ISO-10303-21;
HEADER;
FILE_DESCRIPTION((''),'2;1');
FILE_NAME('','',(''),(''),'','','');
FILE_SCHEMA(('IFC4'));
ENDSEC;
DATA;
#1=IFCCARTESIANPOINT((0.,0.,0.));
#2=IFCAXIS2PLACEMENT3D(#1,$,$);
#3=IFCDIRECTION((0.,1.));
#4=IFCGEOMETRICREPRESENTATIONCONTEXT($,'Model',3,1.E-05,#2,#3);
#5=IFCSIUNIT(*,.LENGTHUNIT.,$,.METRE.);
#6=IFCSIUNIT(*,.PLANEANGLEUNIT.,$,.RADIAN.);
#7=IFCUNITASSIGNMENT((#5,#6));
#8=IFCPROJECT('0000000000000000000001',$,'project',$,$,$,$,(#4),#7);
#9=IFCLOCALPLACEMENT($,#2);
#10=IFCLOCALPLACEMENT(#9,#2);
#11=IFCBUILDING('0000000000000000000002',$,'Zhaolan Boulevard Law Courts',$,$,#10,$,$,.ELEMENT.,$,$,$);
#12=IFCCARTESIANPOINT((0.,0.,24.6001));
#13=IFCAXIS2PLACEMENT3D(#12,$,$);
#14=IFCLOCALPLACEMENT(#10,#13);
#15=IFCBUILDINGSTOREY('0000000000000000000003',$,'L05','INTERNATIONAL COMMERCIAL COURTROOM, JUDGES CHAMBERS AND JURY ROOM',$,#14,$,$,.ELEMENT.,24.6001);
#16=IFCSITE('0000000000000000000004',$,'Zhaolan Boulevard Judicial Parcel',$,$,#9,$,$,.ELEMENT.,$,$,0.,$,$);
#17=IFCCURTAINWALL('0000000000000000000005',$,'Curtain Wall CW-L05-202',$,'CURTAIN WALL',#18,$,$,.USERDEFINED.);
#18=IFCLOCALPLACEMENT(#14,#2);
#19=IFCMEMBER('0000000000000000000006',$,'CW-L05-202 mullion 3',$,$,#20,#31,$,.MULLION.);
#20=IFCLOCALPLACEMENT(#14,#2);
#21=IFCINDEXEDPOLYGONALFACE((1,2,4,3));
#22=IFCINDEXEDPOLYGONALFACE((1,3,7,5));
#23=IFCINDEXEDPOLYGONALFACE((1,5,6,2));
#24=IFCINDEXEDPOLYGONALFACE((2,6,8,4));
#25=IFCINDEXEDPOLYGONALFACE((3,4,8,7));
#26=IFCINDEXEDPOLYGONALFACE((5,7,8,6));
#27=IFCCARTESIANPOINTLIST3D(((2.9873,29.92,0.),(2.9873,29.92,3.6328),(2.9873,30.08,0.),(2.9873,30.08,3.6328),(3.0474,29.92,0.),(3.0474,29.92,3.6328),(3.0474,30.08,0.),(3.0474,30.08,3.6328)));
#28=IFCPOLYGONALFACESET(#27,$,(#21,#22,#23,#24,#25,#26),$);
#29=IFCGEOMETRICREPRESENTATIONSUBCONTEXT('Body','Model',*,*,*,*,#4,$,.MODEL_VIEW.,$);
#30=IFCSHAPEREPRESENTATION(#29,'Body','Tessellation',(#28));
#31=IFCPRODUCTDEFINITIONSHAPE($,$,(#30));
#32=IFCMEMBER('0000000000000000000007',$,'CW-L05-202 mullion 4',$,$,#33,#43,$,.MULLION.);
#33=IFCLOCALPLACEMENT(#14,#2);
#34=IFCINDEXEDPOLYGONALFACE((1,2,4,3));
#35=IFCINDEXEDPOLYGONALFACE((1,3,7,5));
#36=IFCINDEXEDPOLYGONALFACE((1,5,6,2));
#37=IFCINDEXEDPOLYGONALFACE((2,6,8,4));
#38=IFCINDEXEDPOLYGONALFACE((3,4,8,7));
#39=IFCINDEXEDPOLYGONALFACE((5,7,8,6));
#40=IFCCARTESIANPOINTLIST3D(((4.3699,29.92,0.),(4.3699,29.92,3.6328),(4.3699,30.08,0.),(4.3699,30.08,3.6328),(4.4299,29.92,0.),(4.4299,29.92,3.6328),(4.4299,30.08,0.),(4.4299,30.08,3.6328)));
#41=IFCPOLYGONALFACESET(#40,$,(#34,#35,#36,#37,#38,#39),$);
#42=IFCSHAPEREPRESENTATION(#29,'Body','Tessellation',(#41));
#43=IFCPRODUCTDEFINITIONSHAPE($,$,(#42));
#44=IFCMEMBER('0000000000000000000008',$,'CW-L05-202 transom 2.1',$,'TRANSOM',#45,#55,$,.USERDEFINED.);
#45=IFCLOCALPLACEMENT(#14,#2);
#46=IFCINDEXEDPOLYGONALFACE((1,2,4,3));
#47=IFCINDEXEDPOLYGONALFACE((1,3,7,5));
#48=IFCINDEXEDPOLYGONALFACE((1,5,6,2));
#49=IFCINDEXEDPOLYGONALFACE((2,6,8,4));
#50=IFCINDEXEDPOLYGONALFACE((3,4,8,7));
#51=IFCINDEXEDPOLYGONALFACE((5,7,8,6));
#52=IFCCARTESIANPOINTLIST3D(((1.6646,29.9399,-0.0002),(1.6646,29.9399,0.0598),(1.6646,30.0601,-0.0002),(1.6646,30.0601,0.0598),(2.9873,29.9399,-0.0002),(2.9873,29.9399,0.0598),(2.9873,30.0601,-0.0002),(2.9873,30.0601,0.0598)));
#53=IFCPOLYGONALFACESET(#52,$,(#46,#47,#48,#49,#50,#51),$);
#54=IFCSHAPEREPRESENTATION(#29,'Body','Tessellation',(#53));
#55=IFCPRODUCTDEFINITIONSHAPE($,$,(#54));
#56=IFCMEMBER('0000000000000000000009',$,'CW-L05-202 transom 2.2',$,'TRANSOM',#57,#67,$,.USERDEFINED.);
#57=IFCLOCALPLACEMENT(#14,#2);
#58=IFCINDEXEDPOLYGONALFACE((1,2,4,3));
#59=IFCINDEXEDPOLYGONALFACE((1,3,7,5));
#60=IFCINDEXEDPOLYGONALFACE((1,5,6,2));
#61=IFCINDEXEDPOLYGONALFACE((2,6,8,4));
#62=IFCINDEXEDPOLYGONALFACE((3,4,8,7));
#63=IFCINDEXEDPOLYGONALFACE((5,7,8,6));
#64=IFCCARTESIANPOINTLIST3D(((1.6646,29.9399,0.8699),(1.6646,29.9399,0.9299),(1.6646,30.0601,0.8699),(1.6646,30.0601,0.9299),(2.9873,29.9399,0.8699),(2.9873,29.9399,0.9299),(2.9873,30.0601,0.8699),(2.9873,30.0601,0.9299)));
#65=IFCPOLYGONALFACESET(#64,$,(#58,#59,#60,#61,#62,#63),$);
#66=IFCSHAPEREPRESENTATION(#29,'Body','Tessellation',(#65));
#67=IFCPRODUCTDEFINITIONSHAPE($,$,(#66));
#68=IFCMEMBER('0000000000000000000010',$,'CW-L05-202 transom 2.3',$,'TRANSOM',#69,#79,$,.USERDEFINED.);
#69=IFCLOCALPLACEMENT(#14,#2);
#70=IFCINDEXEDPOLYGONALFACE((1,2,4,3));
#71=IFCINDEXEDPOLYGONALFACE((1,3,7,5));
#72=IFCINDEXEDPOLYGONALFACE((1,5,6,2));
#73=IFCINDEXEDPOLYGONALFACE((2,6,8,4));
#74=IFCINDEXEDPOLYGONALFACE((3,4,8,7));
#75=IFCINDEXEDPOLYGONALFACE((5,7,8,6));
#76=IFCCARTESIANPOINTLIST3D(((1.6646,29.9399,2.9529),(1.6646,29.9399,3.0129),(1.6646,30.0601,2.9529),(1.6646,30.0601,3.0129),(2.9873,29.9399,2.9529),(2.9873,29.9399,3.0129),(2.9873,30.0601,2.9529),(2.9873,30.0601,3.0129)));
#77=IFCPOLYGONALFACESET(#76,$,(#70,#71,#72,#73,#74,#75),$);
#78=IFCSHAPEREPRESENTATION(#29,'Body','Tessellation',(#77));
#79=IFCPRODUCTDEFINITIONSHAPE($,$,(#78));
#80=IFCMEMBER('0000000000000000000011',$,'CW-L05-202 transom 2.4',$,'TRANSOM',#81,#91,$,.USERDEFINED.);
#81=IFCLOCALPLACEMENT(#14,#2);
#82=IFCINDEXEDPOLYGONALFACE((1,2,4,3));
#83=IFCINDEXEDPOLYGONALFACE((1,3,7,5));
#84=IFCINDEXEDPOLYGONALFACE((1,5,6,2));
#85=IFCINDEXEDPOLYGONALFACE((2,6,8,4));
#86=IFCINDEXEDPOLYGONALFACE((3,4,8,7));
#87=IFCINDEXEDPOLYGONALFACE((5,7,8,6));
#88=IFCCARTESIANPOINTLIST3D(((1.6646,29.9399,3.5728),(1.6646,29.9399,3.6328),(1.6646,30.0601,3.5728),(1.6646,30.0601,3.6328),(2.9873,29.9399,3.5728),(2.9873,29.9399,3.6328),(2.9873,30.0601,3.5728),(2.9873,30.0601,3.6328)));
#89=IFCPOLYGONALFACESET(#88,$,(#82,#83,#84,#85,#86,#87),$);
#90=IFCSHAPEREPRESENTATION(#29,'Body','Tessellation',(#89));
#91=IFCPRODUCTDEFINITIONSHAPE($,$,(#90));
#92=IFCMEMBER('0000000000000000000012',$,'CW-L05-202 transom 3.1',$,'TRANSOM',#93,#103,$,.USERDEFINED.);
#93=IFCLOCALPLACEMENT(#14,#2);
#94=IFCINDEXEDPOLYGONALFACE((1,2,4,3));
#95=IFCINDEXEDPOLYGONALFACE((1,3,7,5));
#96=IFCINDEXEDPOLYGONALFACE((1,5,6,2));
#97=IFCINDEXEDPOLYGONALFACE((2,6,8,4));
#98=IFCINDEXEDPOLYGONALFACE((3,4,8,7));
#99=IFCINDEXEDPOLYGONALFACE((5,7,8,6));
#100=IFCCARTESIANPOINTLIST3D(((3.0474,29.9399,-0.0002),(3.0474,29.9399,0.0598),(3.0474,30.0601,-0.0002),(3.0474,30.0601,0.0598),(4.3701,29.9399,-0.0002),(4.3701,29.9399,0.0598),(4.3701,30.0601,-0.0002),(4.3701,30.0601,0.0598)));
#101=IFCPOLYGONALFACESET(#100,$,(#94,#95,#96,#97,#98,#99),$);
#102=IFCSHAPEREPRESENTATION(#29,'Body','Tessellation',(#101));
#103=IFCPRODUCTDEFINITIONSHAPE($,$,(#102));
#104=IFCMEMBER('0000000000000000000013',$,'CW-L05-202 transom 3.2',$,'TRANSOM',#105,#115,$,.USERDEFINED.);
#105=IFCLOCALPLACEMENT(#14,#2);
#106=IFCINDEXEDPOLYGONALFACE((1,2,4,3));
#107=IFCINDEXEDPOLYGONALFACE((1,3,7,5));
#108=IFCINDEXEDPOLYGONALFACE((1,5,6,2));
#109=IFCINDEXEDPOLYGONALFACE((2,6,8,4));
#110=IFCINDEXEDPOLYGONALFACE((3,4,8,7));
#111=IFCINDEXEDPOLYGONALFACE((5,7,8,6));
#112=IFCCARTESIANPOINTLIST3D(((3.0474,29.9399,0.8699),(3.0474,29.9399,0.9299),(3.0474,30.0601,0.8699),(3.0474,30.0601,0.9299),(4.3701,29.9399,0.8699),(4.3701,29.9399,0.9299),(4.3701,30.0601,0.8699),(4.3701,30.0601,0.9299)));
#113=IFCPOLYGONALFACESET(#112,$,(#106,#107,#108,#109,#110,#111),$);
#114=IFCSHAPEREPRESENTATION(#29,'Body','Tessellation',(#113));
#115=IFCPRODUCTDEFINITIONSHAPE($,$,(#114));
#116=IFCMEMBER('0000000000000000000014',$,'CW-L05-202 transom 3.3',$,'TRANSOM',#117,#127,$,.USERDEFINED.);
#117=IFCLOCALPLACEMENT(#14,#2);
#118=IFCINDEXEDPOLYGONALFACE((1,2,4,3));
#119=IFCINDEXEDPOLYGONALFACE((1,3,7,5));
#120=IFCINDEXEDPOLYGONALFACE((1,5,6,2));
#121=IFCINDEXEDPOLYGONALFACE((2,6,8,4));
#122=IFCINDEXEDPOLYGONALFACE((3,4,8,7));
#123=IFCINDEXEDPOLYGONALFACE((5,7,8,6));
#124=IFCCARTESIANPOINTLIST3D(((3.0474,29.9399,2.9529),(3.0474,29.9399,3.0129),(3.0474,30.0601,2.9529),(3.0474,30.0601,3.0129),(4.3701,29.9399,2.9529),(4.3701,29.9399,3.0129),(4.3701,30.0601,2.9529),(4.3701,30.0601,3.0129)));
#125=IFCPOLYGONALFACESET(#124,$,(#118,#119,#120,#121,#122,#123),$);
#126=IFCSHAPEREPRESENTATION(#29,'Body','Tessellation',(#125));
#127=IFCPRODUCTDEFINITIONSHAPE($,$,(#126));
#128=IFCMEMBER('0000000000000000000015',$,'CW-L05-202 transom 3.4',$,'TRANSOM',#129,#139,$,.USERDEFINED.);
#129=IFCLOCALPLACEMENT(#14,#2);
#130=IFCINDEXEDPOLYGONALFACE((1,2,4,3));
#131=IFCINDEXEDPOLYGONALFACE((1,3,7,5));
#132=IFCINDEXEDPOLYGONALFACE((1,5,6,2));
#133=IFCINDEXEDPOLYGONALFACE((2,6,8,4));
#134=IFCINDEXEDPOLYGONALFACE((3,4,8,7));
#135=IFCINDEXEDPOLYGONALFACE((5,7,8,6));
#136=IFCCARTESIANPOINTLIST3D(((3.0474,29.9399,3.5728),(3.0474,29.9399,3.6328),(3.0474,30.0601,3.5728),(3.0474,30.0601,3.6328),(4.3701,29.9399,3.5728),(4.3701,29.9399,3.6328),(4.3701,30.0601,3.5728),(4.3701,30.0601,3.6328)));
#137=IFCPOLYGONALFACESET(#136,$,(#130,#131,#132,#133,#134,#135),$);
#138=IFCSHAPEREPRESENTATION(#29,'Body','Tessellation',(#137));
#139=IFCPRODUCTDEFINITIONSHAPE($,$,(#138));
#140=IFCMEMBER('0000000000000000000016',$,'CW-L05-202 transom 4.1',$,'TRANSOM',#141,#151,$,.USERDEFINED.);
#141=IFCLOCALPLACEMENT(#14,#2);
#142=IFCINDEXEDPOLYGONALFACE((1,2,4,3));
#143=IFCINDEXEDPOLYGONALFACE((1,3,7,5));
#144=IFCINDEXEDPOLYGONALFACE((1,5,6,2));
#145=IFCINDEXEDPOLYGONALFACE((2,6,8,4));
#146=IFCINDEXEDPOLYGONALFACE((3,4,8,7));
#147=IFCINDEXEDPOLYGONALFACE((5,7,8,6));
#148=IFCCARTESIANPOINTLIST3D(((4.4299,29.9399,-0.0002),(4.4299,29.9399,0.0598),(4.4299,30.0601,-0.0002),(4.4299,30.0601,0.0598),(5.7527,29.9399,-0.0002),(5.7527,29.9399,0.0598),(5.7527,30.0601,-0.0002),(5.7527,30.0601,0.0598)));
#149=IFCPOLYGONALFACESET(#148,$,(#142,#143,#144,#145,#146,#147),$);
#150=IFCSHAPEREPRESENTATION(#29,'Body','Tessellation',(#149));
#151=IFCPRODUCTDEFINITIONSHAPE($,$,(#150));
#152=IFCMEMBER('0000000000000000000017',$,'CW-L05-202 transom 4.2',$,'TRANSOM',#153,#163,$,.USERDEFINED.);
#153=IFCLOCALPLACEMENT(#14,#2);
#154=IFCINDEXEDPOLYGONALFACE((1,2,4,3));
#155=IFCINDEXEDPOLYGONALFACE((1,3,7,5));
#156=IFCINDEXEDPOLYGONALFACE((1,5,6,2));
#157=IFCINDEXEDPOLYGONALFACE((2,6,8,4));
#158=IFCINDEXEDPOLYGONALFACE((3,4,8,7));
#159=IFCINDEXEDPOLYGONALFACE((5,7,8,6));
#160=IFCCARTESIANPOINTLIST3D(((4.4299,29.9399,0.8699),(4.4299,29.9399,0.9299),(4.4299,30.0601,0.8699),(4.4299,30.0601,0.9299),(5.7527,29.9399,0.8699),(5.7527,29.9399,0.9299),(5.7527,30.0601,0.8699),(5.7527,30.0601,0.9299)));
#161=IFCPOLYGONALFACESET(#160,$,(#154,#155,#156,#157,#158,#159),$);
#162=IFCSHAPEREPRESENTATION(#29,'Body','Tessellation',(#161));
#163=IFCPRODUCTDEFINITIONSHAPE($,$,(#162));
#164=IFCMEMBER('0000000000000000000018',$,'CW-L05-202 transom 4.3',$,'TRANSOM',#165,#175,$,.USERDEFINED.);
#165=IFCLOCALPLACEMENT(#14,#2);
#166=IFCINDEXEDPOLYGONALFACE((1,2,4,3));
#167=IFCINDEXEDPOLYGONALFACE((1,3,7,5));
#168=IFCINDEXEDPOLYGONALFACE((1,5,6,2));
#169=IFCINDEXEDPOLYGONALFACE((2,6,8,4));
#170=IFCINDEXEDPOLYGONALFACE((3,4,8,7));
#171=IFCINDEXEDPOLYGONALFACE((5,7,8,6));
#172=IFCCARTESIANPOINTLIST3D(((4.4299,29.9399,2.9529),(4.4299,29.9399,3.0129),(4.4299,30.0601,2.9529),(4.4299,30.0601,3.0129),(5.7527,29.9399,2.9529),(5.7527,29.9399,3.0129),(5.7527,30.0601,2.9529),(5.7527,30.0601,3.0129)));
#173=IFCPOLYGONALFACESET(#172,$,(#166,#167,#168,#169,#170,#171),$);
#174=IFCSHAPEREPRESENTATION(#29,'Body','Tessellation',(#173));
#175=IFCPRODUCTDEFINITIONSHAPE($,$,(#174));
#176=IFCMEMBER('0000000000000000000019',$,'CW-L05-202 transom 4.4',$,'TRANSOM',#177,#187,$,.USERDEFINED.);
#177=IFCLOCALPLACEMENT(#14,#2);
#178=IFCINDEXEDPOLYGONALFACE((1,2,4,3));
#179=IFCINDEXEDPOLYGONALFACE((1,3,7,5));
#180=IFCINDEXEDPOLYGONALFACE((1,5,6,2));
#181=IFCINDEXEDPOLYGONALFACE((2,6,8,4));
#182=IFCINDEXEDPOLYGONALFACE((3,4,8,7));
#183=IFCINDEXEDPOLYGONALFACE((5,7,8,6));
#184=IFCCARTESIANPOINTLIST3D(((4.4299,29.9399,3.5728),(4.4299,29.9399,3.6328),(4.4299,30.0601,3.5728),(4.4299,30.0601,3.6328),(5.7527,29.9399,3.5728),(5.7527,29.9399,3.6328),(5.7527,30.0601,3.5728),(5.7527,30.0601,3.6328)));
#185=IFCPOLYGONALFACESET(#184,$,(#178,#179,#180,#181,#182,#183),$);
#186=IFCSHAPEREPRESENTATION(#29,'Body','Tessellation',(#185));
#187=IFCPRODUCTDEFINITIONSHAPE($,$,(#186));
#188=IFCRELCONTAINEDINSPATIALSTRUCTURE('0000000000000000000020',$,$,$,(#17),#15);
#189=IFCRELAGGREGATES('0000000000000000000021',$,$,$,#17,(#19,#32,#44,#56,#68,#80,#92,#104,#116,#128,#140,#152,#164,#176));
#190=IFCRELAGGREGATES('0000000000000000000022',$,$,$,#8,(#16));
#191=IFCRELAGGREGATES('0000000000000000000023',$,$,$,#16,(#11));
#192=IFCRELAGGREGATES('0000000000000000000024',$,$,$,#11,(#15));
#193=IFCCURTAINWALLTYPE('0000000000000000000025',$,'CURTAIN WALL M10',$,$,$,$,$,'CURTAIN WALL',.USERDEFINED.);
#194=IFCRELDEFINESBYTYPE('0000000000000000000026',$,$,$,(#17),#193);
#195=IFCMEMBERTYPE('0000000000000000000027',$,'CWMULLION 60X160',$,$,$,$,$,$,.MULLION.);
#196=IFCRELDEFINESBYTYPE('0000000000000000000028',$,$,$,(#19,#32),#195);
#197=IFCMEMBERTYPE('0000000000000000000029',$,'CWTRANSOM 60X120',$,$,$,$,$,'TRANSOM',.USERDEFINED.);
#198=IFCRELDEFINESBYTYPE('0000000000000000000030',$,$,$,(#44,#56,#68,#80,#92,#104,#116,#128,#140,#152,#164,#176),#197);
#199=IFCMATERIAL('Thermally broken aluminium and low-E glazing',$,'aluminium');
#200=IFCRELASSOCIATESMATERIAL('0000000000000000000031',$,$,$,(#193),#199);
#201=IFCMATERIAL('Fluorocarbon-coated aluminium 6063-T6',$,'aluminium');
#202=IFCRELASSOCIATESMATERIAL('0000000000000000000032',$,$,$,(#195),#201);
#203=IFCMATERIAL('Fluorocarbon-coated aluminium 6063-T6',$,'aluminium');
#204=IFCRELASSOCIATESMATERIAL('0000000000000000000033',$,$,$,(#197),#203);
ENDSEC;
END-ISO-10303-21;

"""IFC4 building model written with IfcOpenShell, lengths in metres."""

from ifc_helpers import new_model, si_unit, direction, frame, origin, origin_2d, place, context, subcontext, project, spatial, rectangle, extrude, material, material_profile, profile_set, type_object, element, aggregate, save


model = new_model("IFC4")

# Units and contexts
model_context = context("Model", 3, precision=1e-05, world=origin(), true_north=direction((0.0, 1.0)))
body_context = subcontext(model_context, "Body", "Model", "MODEL_VIEW")
ifc_project = project(units=[si_unit("LENGTHUNIT", "METRE"), si_unit("PLANEANGLEUNIT", "RADIAN")], contexts=[model_context])

# Site, building, storey
site_placement = place(None, origin())
site = spatial("IfcSite", under=ifc_project, at=site_placement, Name="Zhaolan Boulevard Judicial Parcel", CompositionType="ELEMENT", RefElevation=0.0)
building_placement = place(site_placement, origin())
building = spatial("IfcBuilding", under=site, at=building_placement, Name="Zhaolan Boulevard Law Courts", CompositionType="ELEMENT")
storey_placement = place(building_placement, frame((0.0, 0.0, 24.6001)))
storey = spatial("IfcBuildingStorey", under=building, at=storey_placement, Name="L05", Description="INTERNATIONAL COMMERCIAL COURTROOM, JUDGES CHAMBERS AND JURY ROOM", CompositionType="ELEMENT", Elevation=24.6001)

# Curtain wall, members
ifc_material_1 = material(Name="Thermally broken aluminium and low-E glazing", Category="aluminium")
curtain_wall_type = type_object("IfcCurtainWallType", Name="CURTAIN WALL M10", ElementType="CURTAIN WALL", PredefinedType="USERDEFINED", material=ifc_material_1)
curtain_wall_placement = place(storey_placement, origin())
curtain_wall = element("IfcCurtainWall", 1, at=curtain_wall_placement, inside=storey, type_object=curtain_wall_type, Name="Curtain Wall CW-L05-202", ObjectType="CURTAIN WALL", PredefinedType="USERDEFINED")
ifc_material_2 = material(Name="Fluorocarbon-coated aluminium 6063-T6", Category="aluminium")
ifc_material_profile_1 = material_profile(ifc_material_2, rectangle(XDim=0.1599, YDim=0.0601, at=origin_2d()), Name="AL60x160")
ifc_profile_set_1 = profile_set([ifc_material_profile_1], Name="Fluorocarbon-coated aluminium 6063-T6")
member_type_1 = type_object("IfcMemberType", Name="CWMULLION 60X160", PredefinedType="MULLION", material=ifc_profile_set_1)
member_1_placement = place(storey_placement, frame((3.0173, 30.0, 0.0), z_axis=(0.0, 0.0, 1.0), x_axis=(0.0, 1.0, 0.0)))
member_1 = element("IfcMember", 2, at=member_1_placement, type_object=member_type_1, Name="CW-L05-202 mullion 3", PredefinedType="MULLION", context=body_context, shape_type="SweptSolid", body=[
    extrude(rectangle(XDim=0.1599, YDim=0.0601, at=origin_2d()), origin(), (0.0, 0.0, 1.0), 3.6328),
])
member_2_placement = place(storey_placement, frame((4.3999, 30.0, 0.0), z_axis=(0.0, 0.0, 1.0), x_axis=(0.0, 1.0, 0.0)))
member_2 = element("IfcMember", 3, at=member_2_placement, type_object=member_type_1, Name="CW-L05-202 mullion 4", PredefinedType="MULLION", context=body_context, shape_type="SweptSolid", body=[
    extrude(rectangle(XDim=0.1599, YDim=0.0601, at=origin_2d()), origin(), (0.0, 0.0, 1.0), 3.6328),
])
ifc_material_3 = material(Name="Fluorocarbon-coated aluminium 6063-T6", Category="aluminium")
ifc_material_profile_2 = material_profile(ifc_material_3, rectangle(XDim=0.1201, YDim=0.0601, at=origin_2d()), Name="AL60x120")
ifc_profile_set_2 = profile_set([ifc_material_profile_2], Name="Fluorocarbon-coated aluminium 6063-T6")
member_type_2 = type_object("IfcMemberType", Name="CWTRANSOM 60X120", ElementType="TRANSOM", PredefinedType="USERDEFINED", material=ifc_profile_set_2)
member_3_placement = place(storey_placement, frame((1.6646, 30.0, 0.0298), z_axis=(1.0, 0.0, 0.0), x_axis=(0.0, 1.0, 0.0)))
member_3 = element("IfcMember", 4, at=member_3_placement, type_object=member_type_2, Name="CW-L05-202 transom 2.1", ObjectType="TRANSOM", PredefinedType="USERDEFINED", context=body_context, shape_type="SweptSolid", body=[
    extrude(rectangle(XDim=0.1201, YDim=0.0601, at=origin_2d()), origin(), (0.0, 0.0, 1.0), 1.3228),
])
member_4_placement = place(storey_placement, frame((1.6646, 30.0, 0.8999), z_axis=(1.0, 0.0, 0.0), x_axis=(0.0, 1.0, 0.0)))
member_4 = element("IfcMember", 5, at=member_4_placement, type_object=member_type_2, Name="CW-L05-202 transom 2.2", ObjectType="TRANSOM", PredefinedType="USERDEFINED", context=body_context, shape_type="SweptSolid", body=[
    extrude(rectangle(XDim=0.1201, YDim=0.0601, at=origin_2d()), origin(), (0.0, 0.0, 1.0), 1.3228),
])
member_5_placement = place(storey_placement, frame((1.6646, 30.0, 2.9829), z_axis=(1.0, 0.0, 0.0), x_axis=(0.0, 1.0, 0.0)))
member_5 = element("IfcMember", 6, at=member_5_placement, type_object=member_type_2, Name="CW-L05-202 transom 2.3", ObjectType="TRANSOM", PredefinedType="USERDEFINED", context=body_context, shape_type="SweptSolid", body=[
    extrude(rectangle(XDim=0.1201, YDim=0.0601, at=origin_2d()), origin(), (0.0, 0.0, 1.0), 1.3228),
])
member_6_placement = place(storey_placement, frame((1.6646, 30.0, 3.6028), z_axis=(1.0, 0.0, 0.0), x_axis=(0.0, 1.0, 0.0)))
member_6 = element("IfcMember", 7, at=member_6_placement, type_object=member_type_2, Name="CW-L05-202 transom 2.4", ObjectType="TRANSOM", PredefinedType="USERDEFINED", context=body_context, shape_type="SweptSolid", body=[
    extrude(rectangle(XDim=0.1201, YDim=0.0601, at=origin_2d()), origin(), (0.0, 0.0, 1.0), 1.3228),
])
member_7_placement = place(storey_placement, frame((3.0474, 30.0, 0.0298), z_axis=(1.0, 0.0, 0.0), x_axis=(0.0, 1.0, 0.0)))
member_7 = element("IfcMember", 8, at=member_7_placement, type_object=member_type_2, Name="CW-L05-202 transom 3.1", ObjectType="TRANSOM", PredefinedType="USERDEFINED", context=body_context, shape_type="SweptSolid", body=[
    extrude(rectangle(XDim=0.1201, YDim=0.0601, at=origin_2d()), origin(), (0.0, 0.0, 1.0), 1.3228),
])
member_8_placement = place(storey_placement, frame((3.0474, 30.0, 0.8999), z_axis=(1.0, 0.0, 0.0), x_axis=(0.0, 1.0, 0.0)))
member_8 = element("IfcMember", 9, at=member_8_placement, type_object=member_type_2, Name="CW-L05-202 transom 3.2", ObjectType="TRANSOM", PredefinedType="USERDEFINED", context=body_context, shape_type="SweptSolid", body=[
    extrude(rectangle(XDim=0.1201, YDim=0.0601, at=origin_2d()), origin(), (0.0, 0.0, 1.0), 1.3228),
])
member_9_placement = place(storey_placement, frame((3.0474, 30.0, 2.9829), z_axis=(1.0, 0.0, 0.0), x_axis=(0.0, 1.0, 0.0)))
member_9 = element("IfcMember", 10, at=member_9_placement, type_object=member_type_2, Name="CW-L05-202 transom 3.3", ObjectType="TRANSOM", PredefinedType="USERDEFINED", context=body_context, shape_type="SweptSolid", body=[
    extrude(rectangle(XDim=0.1201, YDim=0.0601, at=origin_2d()), origin(), (0.0, 0.0, 1.0), 1.3228),
])
member_10_placement = place(storey_placement, frame((3.0474, 30.0, 3.6028), z_axis=(1.0, 0.0, 0.0), x_axis=(0.0, 1.0, 0.0)))
member_10 = element("IfcMember", 11, at=member_10_placement, type_object=member_type_2, Name="CW-L05-202 transom 3.4", ObjectType="TRANSOM", PredefinedType="USERDEFINED", context=body_context, shape_type="SweptSolid", body=[
    extrude(rectangle(XDim=0.1201, YDim=0.0601, at=origin_2d()), origin(), (0.0, 0.0, 1.0), 1.3228),
])
member_11_placement = place(storey_placement, frame((4.4299, 30.0, 0.0298), z_axis=(1.0, 0.0, 0.0), x_axis=(0.0, 1.0, 0.0)))
member_11 = element("IfcMember", 12, at=member_11_placement, type_object=member_type_2, Name="CW-L05-202 transom 4.1", ObjectType="TRANSOM", PredefinedType="USERDEFINED", context=body_context, shape_type="SweptSolid", body=[
    extrude(rectangle(XDim=0.1201, YDim=0.0601, at=origin_2d()), origin(), (0.0, 0.0, 1.0), 1.3228),
])
member_12_placement = place(storey_placement, frame((4.4299, 30.0, 0.8999), z_axis=(1.0, 0.0, 0.0), x_axis=(0.0, 1.0, 0.0)))
member_12 = element("IfcMember", 13, at=member_12_placement, type_object=member_type_2, Name="CW-L05-202 transom 4.2", ObjectType="TRANSOM", PredefinedType="USERDEFINED", context=body_context, shape_type="SweptSolid", body=[
    extrude(rectangle(XDim=0.1201, YDim=0.0601, at=origin_2d()), origin(), (0.0, 0.0, 1.0), 1.3228),
])
member_13_placement = place(storey_placement, frame((4.4299, 30.0, 2.9829), z_axis=(1.0, 0.0, 0.0), x_axis=(0.0, 1.0, 0.0)))
member_13 = element("IfcMember", 14, at=member_13_placement, type_object=member_type_2, Name="CW-L05-202 transom 4.3", ObjectType="TRANSOM", PredefinedType="USERDEFINED", context=body_context, shape_type="SweptSolid", body=[
    extrude(rectangle(XDim=0.1201, YDim=0.0601, at=origin_2d()), origin(), (0.0, 0.0, 1.0), 1.3228),
])
member_14_placement = place(storey_placement, frame((4.4299, 30.0, 3.6028), z_axis=(1.0, 0.0, 0.0), x_axis=(0.0, 1.0, 0.0)))
member_14 = element("IfcMember", 15, at=member_14_placement, type_object=member_type_2, Name="CW-L05-202 transom 4.4", ObjectType="TRANSOM", PredefinedType="USERDEFINED", context=body_context, shape_type="SweptSolid", body=[
    extrude(rectangle(XDim=0.1201, YDim=0.0601, at=origin_2d()), origin(), (0.0, 0.0, 1.0), 1.3228),
])
aggregate(curtain_wall, [member_1, member_2, member_3, member_4, member_5, member_6, member_7, member_8, member_9, member_10, member_11, member_12, member_13, member_14])

save(model, "model.ifc")
